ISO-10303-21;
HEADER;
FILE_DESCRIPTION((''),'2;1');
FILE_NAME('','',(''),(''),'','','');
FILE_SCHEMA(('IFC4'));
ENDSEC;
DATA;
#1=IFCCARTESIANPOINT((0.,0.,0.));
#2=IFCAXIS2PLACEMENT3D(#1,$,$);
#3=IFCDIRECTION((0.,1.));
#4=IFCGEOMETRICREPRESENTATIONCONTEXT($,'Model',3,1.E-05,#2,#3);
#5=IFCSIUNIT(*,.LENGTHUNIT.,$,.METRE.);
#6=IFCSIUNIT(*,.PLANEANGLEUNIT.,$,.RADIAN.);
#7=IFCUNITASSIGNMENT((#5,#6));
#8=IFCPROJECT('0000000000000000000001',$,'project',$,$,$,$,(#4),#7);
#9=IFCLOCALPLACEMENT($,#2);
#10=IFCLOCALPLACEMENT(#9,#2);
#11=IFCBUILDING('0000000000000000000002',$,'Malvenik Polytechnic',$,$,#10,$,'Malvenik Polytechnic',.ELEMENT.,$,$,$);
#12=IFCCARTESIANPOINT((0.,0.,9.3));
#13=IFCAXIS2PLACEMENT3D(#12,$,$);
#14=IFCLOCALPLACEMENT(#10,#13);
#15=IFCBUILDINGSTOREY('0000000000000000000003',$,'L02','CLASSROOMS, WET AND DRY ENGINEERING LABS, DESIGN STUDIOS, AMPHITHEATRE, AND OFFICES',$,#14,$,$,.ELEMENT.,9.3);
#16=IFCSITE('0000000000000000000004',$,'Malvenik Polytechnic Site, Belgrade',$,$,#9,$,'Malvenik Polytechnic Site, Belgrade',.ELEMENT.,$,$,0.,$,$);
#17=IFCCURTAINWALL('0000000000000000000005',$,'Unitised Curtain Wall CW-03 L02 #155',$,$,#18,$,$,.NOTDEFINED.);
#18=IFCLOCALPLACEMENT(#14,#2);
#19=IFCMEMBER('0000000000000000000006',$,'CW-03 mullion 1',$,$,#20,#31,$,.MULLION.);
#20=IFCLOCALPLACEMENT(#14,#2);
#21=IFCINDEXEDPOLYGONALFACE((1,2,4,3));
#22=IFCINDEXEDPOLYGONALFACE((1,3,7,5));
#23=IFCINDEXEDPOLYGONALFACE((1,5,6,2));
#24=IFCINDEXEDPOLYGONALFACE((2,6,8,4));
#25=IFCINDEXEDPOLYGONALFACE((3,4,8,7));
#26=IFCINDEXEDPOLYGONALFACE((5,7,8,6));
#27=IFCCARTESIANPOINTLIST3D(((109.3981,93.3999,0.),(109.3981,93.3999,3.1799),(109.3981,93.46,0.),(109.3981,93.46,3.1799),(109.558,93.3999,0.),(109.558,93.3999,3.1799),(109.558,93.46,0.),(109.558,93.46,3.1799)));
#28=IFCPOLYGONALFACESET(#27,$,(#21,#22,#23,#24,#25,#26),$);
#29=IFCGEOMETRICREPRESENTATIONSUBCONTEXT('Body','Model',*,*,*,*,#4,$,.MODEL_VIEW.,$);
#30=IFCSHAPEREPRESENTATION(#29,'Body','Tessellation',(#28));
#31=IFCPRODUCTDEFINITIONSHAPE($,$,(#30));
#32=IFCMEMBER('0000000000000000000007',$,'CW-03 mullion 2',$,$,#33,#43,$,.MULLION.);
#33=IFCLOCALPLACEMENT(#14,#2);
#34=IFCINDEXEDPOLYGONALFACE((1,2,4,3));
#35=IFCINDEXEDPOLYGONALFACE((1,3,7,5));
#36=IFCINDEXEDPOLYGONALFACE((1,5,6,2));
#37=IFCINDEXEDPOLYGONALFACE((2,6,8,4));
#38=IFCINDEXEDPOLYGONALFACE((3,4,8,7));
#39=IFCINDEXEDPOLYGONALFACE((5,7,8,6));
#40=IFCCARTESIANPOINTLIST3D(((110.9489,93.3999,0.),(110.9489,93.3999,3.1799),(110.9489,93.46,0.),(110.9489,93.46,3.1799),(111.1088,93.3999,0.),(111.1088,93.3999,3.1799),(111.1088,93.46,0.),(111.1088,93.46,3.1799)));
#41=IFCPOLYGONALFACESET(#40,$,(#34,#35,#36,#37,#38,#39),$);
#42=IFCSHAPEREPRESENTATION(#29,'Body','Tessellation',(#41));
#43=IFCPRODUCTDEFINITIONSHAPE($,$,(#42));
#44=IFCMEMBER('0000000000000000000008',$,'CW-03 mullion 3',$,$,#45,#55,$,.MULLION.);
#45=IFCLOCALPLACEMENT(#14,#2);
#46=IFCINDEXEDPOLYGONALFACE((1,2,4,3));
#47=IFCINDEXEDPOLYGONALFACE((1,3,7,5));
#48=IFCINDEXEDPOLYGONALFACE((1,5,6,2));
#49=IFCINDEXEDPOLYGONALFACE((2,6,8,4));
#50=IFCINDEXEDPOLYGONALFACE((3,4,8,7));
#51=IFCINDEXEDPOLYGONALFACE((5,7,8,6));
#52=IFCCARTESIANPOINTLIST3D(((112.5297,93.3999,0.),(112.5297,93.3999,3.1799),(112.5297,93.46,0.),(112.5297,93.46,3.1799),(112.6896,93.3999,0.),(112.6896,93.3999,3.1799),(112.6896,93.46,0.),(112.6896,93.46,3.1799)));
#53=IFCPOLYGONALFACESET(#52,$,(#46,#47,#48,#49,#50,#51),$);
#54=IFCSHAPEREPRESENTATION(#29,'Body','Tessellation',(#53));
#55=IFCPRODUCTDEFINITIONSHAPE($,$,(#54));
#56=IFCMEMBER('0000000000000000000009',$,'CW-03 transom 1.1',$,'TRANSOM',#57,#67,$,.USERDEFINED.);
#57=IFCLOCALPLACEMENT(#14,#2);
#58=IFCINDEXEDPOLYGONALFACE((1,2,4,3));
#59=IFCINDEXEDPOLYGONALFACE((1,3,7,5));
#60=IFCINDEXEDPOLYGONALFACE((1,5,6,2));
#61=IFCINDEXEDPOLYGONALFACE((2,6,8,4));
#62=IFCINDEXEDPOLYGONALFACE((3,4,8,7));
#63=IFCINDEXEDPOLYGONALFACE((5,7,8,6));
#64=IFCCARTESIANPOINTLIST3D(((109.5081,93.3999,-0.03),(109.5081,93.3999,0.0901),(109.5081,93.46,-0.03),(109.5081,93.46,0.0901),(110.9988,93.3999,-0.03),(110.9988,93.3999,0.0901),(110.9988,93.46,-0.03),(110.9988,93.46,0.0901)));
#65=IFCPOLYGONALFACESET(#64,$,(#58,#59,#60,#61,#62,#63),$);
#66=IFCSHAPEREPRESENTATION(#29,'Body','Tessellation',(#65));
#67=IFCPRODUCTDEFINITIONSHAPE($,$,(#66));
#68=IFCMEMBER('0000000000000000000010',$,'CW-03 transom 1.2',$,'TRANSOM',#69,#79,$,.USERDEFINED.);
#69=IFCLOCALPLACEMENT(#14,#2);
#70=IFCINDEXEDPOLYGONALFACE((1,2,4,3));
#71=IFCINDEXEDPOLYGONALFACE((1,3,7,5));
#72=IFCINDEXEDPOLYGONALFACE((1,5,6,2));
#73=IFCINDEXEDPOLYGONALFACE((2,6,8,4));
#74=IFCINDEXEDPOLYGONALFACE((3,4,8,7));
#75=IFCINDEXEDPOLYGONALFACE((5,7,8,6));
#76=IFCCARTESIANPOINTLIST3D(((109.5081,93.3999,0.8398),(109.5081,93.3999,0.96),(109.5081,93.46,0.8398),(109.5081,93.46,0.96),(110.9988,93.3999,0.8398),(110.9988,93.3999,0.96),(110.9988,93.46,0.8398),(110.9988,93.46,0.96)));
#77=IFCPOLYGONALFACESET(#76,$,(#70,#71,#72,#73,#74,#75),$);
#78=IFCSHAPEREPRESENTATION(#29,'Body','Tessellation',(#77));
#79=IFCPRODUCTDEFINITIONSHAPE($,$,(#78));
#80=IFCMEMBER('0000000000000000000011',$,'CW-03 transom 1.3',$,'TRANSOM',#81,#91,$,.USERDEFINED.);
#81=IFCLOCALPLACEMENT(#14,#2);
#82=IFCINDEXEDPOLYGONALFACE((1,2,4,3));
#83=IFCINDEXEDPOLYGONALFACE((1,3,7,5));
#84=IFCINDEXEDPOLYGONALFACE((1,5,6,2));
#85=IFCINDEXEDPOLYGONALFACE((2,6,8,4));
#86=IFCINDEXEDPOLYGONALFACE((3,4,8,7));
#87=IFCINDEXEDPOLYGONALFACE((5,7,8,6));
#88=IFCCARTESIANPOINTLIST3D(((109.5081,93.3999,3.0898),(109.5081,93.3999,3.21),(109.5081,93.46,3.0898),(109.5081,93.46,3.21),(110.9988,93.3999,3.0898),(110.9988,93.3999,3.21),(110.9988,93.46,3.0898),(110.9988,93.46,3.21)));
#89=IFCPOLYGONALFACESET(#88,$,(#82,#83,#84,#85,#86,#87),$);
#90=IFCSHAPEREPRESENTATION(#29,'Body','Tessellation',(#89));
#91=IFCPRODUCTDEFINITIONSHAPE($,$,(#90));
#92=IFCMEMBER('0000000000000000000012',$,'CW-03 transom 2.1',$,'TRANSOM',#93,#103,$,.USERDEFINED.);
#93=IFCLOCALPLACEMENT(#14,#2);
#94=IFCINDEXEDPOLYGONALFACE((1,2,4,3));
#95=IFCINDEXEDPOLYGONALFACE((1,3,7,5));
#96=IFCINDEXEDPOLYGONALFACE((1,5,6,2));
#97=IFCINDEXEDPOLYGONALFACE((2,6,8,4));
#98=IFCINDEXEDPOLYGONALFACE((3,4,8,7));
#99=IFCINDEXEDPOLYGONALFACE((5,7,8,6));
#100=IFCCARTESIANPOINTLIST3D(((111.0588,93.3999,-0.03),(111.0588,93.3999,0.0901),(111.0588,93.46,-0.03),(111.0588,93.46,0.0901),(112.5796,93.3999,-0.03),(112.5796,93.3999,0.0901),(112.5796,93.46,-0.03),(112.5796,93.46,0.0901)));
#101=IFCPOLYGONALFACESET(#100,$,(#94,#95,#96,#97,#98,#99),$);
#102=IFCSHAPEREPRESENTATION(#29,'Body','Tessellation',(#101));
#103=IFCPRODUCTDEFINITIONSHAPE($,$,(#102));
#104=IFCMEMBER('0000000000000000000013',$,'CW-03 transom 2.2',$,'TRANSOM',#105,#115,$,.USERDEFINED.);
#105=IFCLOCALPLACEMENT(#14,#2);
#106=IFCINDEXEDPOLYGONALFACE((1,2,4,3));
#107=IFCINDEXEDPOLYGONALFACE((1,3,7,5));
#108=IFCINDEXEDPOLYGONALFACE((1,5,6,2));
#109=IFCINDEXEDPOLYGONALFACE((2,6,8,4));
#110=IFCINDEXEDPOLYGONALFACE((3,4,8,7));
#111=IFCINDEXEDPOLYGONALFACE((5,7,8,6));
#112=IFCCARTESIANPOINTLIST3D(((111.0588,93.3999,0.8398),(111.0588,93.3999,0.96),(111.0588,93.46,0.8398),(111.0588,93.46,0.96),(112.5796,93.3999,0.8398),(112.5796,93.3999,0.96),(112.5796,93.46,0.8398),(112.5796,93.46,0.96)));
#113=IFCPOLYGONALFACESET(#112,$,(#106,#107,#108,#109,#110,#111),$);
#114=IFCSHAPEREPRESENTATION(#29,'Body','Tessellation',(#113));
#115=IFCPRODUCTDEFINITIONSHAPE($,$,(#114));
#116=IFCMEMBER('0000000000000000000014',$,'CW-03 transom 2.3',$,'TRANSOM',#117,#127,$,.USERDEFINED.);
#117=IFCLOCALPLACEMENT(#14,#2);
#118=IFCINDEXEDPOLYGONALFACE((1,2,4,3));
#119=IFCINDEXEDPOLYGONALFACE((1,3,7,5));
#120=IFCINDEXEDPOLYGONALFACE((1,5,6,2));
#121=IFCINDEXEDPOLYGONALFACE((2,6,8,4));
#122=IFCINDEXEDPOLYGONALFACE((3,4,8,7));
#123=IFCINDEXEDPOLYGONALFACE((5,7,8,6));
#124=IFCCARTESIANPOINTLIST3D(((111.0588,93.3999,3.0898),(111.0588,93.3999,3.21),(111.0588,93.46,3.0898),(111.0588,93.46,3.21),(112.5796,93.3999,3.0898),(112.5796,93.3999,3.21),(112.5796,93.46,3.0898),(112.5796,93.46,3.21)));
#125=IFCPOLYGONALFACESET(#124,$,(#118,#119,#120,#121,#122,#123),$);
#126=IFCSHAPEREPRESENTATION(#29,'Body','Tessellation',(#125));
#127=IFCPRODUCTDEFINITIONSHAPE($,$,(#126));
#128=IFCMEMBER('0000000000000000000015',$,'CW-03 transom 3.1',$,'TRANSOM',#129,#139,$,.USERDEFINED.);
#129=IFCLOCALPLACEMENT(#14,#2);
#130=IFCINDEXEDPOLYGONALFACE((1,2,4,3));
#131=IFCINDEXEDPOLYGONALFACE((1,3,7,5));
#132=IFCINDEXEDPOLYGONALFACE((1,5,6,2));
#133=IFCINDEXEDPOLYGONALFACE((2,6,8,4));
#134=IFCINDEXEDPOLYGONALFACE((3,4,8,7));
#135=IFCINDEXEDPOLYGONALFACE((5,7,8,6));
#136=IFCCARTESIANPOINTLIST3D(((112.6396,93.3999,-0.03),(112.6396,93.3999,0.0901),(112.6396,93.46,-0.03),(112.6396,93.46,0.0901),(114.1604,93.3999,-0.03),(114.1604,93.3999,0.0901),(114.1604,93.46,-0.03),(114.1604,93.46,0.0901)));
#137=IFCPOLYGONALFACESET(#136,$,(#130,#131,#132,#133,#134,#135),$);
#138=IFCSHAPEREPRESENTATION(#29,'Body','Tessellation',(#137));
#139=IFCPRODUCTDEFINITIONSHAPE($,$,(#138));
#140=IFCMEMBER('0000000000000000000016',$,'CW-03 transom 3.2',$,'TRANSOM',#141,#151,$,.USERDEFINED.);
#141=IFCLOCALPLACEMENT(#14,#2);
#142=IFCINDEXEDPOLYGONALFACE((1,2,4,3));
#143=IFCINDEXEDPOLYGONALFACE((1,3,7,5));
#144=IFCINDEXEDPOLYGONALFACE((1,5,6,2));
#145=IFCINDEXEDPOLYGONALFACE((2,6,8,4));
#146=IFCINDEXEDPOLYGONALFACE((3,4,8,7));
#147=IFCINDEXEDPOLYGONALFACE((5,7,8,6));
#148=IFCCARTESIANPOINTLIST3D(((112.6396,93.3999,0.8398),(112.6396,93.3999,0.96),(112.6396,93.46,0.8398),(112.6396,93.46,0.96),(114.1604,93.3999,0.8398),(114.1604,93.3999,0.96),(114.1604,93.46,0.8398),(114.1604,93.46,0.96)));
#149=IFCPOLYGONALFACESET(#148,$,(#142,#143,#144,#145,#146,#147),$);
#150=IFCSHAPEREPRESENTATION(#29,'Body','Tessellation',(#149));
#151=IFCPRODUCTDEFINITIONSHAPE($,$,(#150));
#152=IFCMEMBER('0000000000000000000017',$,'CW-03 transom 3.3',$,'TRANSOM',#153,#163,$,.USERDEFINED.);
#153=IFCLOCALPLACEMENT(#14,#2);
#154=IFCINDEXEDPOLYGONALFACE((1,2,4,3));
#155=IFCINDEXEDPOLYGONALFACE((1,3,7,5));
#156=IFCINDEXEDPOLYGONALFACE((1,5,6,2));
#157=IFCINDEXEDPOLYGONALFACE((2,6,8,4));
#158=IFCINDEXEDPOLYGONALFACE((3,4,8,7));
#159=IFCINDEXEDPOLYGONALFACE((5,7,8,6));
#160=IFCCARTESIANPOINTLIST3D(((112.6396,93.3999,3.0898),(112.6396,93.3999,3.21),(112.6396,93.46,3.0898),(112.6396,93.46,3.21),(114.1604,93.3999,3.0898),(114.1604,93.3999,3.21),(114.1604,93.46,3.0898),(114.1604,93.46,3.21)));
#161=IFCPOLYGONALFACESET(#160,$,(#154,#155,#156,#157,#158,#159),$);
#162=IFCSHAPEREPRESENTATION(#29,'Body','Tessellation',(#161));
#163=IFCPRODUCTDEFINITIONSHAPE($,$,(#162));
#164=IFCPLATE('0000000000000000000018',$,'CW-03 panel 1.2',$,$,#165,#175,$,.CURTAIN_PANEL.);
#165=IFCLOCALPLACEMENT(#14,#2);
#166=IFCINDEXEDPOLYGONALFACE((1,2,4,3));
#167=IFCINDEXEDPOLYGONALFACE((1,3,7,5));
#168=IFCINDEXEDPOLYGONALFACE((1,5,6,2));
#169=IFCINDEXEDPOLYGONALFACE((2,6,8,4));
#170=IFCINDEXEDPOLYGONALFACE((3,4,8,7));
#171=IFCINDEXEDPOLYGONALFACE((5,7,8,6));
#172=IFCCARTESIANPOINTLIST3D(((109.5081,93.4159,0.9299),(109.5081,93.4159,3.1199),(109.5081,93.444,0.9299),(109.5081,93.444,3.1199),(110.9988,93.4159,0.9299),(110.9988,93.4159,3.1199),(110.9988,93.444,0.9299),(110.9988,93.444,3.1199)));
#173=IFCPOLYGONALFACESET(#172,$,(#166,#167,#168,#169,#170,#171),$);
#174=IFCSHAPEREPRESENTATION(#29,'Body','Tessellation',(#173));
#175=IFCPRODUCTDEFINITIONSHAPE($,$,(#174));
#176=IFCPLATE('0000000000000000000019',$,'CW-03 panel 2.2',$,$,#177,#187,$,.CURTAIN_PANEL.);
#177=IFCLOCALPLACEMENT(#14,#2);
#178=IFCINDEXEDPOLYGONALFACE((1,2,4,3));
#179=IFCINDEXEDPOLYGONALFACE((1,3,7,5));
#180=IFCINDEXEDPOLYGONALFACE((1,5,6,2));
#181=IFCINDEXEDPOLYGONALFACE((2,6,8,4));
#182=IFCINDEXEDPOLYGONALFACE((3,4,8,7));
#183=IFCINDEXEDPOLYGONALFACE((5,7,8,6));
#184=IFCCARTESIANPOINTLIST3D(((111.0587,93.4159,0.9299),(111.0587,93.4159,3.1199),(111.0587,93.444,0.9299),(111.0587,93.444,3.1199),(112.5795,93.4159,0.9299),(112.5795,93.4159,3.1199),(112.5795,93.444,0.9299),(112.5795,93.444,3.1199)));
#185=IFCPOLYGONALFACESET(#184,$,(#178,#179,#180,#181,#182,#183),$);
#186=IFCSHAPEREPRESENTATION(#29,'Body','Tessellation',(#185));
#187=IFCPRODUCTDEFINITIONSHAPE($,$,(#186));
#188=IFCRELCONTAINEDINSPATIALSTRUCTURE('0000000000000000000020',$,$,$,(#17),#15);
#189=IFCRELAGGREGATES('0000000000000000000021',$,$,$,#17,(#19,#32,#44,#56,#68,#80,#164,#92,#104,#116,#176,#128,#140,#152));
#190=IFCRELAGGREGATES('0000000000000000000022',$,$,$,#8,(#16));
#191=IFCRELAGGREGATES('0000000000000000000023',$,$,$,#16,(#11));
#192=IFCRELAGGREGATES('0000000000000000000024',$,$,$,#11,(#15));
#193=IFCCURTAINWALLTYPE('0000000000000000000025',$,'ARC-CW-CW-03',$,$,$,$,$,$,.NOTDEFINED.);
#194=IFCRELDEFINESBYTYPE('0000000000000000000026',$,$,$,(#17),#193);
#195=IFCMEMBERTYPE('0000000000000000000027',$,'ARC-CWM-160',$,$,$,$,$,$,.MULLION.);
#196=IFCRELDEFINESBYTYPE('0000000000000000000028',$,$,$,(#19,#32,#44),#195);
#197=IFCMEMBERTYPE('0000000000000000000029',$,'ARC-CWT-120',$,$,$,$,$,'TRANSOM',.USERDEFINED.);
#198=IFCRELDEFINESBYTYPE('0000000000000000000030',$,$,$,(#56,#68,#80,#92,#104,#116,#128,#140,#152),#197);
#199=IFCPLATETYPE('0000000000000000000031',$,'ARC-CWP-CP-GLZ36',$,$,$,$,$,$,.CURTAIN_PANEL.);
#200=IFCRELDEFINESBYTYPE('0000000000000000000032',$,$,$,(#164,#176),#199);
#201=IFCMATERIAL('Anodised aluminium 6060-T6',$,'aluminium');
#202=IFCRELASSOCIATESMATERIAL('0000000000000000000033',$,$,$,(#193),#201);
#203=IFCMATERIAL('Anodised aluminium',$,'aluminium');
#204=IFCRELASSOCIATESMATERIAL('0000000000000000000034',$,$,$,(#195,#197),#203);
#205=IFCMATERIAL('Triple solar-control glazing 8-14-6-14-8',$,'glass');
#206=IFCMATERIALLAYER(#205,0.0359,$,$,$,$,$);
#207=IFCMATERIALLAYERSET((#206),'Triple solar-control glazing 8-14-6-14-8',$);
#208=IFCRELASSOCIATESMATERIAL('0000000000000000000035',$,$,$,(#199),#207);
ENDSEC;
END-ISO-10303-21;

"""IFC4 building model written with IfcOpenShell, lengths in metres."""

from ifc_helpers import new_model, si_unit, direction, frame, origin, origin_2d, place, context, subcontext, project, spatial, rectangle, extrude, material, layer, layer_set, material_profile, profile_set, type_object, element, aggregate, save


model = new_model("IFC4")

# Units and contexts
model_context = context("Model", 3, precision=1e-05, world=origin(), true_north=direction((0.0, 1.0)))
body_context = subcontext(model_context, "Body", "Model", "MODEL_VIEW")
ifc_project = project(units=[si_unit("LENGTHUNIT", "METRE"), si_unit("PLANEANGLEUNIT", "RADIAN")], contexts=[model_context])

# Site, building, storey
site_placement = place(None, origin())
site = spatial("IfcSite", under=ifc_project, at=site_placement, Name="Malvenik Polytechnic Site, Belgrade", LongName="Malvenik Polytechnic Site, Belgrade", CompositionType="ELEMENT", RefElevation=0.0)
building_placement = place(site_placement, origin())
building = spatial("IfcBuilding", under=site, at=building_placement, Name="Malvenik Polytechnic", LongName="Malvenik Polytechnic", CompositionType="ELEMENT")
storey_placement = place(building_placement, frame((0.0, 0.0, 9.3)))
storey = spatial("IfcBuildingStorey", under=building, at=storey_placement, Name="L02", Description="CLASSROOMS, WET AND DRY ENGINEERING LABS, DESIGN STUDIOS, AMPHITHEATRE, AND OFFICES", CompositionType="ELEMENT", Elevation=9.3)

# Curtain wall, members, plates
ifc_material_1 = material(Name="Anodised aluminium 6060-T6", Category="aluminium")
curtain_wall_type = type_object("IfcCurtainWallType", Name="ARC-CW-CW-03", PredefinedType="NOTDEFINED", material=ifc_material_1)
curtain_wall_placement = place(storey_placement, origin())
curtain_wall = element("IfcCurtainWall", 1, at=curtain_wall_placement, inside=storey, type_object=curtain_wall_type, Name="Unitised Curtain Wall CW-03 L02 #155", PredefinedType="NOTDEFINED")
ifc_material_2 = material(Name="Anodised aluminium", Category="aluminium")
ifc_material_profile_1 = material_profile(ifc_material_2, rectangle(XDim=0.0601, YDim=0.1599, at=origin_2d()), Name="ALU MULLION 60x160")
ifc_profile_set_1 = profile_set([ifc_material_profile_1], Name="Anodised aluminium")
member_type_1 = type_object("IfcMemberType", Name="ARC-CWM-160", PredefinedType="MULLION", material=ifc_profile_set_1)
member_1_placement = place(storey_placement, frame((109.478, 93.4299, 0.0), z_axis=(0.0, 0.0, 1.0), x_axis=(0.0, 1.0, 0.0)))
member_1 = element("IfcMember", 2, at=member_1_placement, type_object=member_type_1, Name="CW-03 mullion 1", PredefinedType="MULLION", context=body_context, shape_type="SweptSolid", body=[
    extrude(rectangle(XDim=0.0601, YDim=0.1599, at=origin_2d()), origin(), (0.0, 0.0, 1.0), 3.1799),
])
member_2_placement = place(storey_placement, frame((111.0288, 93.4299, 0.0), z_axis=(0.0, 0.0, 1.0), x_axis=(0.0, 1.0, 0.0)))
member_2 = element("IfcMember", 3, at=member_2_placement, type_object=member_type_1, Name="CW-03 mullion 2", PredefinedType="MULLION", context=body_context, shape_type="SweptSolid", body=[
    extrude(rectangle(XDim=0.0601, YDim=0.1599, at=origin_2d()), origin(), (0.0, 0.0, 1.0), 3.1799),
])
member_3_placement = place(storey_placement, frame((112.6096, 93.4299, 0.0), z_axis=(0.0, 0.0, 1.0), x_axis=(0.0, 1.0, 0.0)))
member_3 = element("IfcMember", 4, at=member_3_placement, type_object=member_type_1, Name="CW-03 mullion 3", PredefinedType="MULLION", context=body_context, shape_type="SweptSolid", body=[
    extrude(rectangle(XDim=0.0601, YDim=0.1599, at=origin_2d()), origin(), (0.0, 0.0, 1.0), 3.1799),
])
ifc_material_profile_2 = material_profile(ifc_material_2, rectangle(XDim=0.0601, YDim=0.1201, at=origin_2d()), Name="ALU TRANSOM 60x120")
ifc_profile_set_2 = profile_set([ifc_material_profile_2], Name="Anodised aluminium")
member_type_2 = type_object("IfcMemberType", Name="ARC-CWT-120", ElementType="TRANSOM", PredefinedType="USERDEFINED", material=ifc_profile_set_2)
member_4_placement = place(storey_placement, frame((109.5081, 93.4299, 0.03), z_axis=(1.0, 0.0, 0.0), x_axis=(0.0, 1.0, 0.0)))
member_4 = element("IfcMember", 5, at=member_4_placement, type_object=member_type_2, Name="CW-03 transom 1.1", ObjectType="TRANSOM", PredefinedType="USERDEFINED", context=body_context, shape_type="SweptSolid", body=[
    extrude(rectangle(XDim=0.0601, YDim=0.1201, at=origin_2d()), origin(), (0.0, 0.0, 1.0), 1.4907),
])
member_5_placement = place(storey_placement, frame((109.5081, 93.4299, 0.8999), z_axis=(1.0, 0.0, 0.0), x_axis=(0.0, 1.0, 0.0)))
member_5 = element("IfcMember", 6, at=member_5_placement, type_object=member_type_2, Name="CW-03 transom 1.2", ObjectType="TRANSOM", PredefinedType="USERDEFINED", context=body_context, shape_type="SweptSolid", body=[
    extrude(rectangle(XDim=0.0601, YDim=0.1201, at=origin_2d()), origin(), (0.0, 0.0, 1.0), 1.4907),
])
member_6_placement = place(storey_placement, frame((109.5081, 93.4299, 3.1499), z_axis=(1.0, 0.0, 0.0), x_axis=(0.0, 1.0, 0.0)))
member_6 = element("IfcMember", 7, at=member_6_placement, type_object=member_type_2, Name="CW-03 transom 1.3", ObjectType="TRANSOM", PredefinedType="USERDEFINED", context=body_context, shape_type="SweptSolid", body=[
    extrude(rectangle(XDim=0.0601, YDim=0.1201, at=origin_2d()), origin(), (0.0, 0.0, 1.0), 1.4907),
])
member_7_placement = place(storey_placement, frame((111.0588, 93.4299, 0.03), z_axis=(1.0, 0.0, 0.0), x_axis=(0.0, 1.0, 0.0)))
member_7 = element("IfcMember", 8, at=member_7_placement, type_object=member_type_2, Name="CW-03 transom 2.1", ObjectType="TRANSOM", PredefinedType="USERDEFINED", context=body_context, shape_type="SweptSolid", body=[
    extrude(rectangle(XDim=0.0601, YDim=0.1201, at=origin_2d()), origin(), (0.0, 0.0, 1.0), 1.5208),
])
member_8_placement = place(storey_placement, frame((111.0588, 93.4299, 0.8999), z_axis=(1.0, 0.0, 0.0), x_axis=(0.0, 1.0, 0.0)))
member_8 = element("IfcMember", 9, at=member_8_placement, type_object=member_type_2, Name="CW-03 transom 2.2", ObjectType="TRANSOM", PredefinedType="USERDEFINED", context=body_context, shape_type="SweptSolid", body=[
    extrude(rectangle(XDim=0.0601, YDim=0.1201, at=origin_2d()), origin(), (0.0, 0.0, 1.0), 1.5208),
])
member_9_placement = place(storey_placement, frame((111.0588, 93.4299, 3.1499), z_axis=(1.0, 0.0, 0.0), x_axis=(0.0, 1.0, 0.0)))
member_9 = element("IfcMember", 10, at=member_9_placement, type_object=member_type_2, Name="CW-03 transom 2.3", ObjectType="TRANSOM", PredefinedType="USERDEFINED", context=body_context, shape_type="SweptSolid", body=[
    extrude(rectangle(XDim=0.0601, YDim=0.1201, at=origin_2d()), origin(), (0.0, 0.0, 1.0), 1.5208),
])
member_10_placement = place(storey_placement, frame((112.6396, 93.4299, 0.03), z_axis=(1.0, 0.0, 0.0), x_axis=(0.0, 1.0, 0.0)))
member_10 = element("IfcMember", 11, at=member_10_placement, type_object=member_type_2, Name="CW-03 transom 3.1", ObjectType="TRANSOM", PredefinedType="USERDEFINED", context=body_context, shape_type="SweptSolid", body=[
    extrude(rectangle(XDim=0.0601, YDim=0.1201, at=origin_2d()), origin(), (0.0, 0.0, 1.0), 1.5208),
])
member_11_placement = place(storey_placement, frame((112.6396, 93.4299, 0.8999), z_axis=(1.0, 0.0, 0.0), x_axis=(0.0, 1.0, 0.0)))
member_11 = element("IfcMember", 12, at=member_11_placement, type_object=member_type_2, Name="CW-03 transom 3.2", ObjectType="TRANSOM", PredefinedType="USERDEFINED", context=body_context, shape_type="SweptSolid", body=[
    extrude(rectangle(XDim=0.0601, YDim=0.1201, at=origin_2d()), origin(), (0.0, 0.0, 1.0), 1.5208),
])
member_12_placement = place(storey_placement, frame((112.6396, 93.4299, 3.1499), z_axis=(1.0, 0.0, 0.0), x_axis=(0.0, 1.0, 0.0)))
member_12 = element("IfcMember", 13, at=member_12_placement, type_object=member_type_2, Name="CW-03 transom 3.3", ObjectType="TRANSOM", PredefinedType="USERDEFINED", context=body_context, shape_type="SweptSolid", body=[
    extrude(rectangle(XDim=0.0601, YDim=0.1201, at=origin_2d()), origin(), (0.0, 0.0, 1.0), 1.5208),
])
ifc_material_3 = material(Name="Triple solar-control glazing 8-14-6-14-8", Category="glass")
ifc_layer_1 = layer(ifc_material_3, 0.0359)
ifc_layer_set_1 = layer_set([ifc_layer_1], Name="Triple solar-control glazing 8-14-6-14-8")
plate_type_1 = type_object("IfcPlateType", Name="ARC-CWP-CP-GLZ36", PredefinedType="CURTAIN_PANEL", material=ifc_layer_set_1)
plate_1_placement = place(storey_placement, frame((110.2534, 93.4299, 0.9299), z_axis=(0.0, 0.0, 1.0), x_axis=(1.0, 0.0, 0.0)))
plate_1 = element("IfcPlate", 14, at=plate_1_placement, type_object=plate_type_1, Name="CW-03 panel 1.2", PredefinedType="CURTAIN_PANEL", context=body_context, shape_type="SweptSolid", body=[
    extrude(rectangle(XDim=1.4907, YDim=0.0281, at=origin_2d()), origin(), (0.0, 0.0, 1.0), 2.1899),
])
plate_2_placement = place(storey_placement, frame((111.8191, 93.4299, 0.9299), z_axis=(0.0, 0.0, 1.0), x_axis=(1.0, 0.0, 0.0)))
plate_2 = element("IfcPlate", 15, at=plate_2_placement, type_object=plate_type_1, Name="CW-03 panel 2.2", PredefinedType="CURTAIN_PANEL", context=body_context, shape_type="SweptSolid", body=[
    extrude(rectangle(XDim=1.5208, YDim=0.0281, at=origin_2d()), origin(), (0.0, 0.0, 1.0), 2.1899),
])
aggregate(curtain_wall, [member_1, member_2, member_3, member_4, member_5, member_6, plate_1, member_7, member_8, member_9, plate_2, member_10, member_11, member_12])

save(model, "model.ifc")
